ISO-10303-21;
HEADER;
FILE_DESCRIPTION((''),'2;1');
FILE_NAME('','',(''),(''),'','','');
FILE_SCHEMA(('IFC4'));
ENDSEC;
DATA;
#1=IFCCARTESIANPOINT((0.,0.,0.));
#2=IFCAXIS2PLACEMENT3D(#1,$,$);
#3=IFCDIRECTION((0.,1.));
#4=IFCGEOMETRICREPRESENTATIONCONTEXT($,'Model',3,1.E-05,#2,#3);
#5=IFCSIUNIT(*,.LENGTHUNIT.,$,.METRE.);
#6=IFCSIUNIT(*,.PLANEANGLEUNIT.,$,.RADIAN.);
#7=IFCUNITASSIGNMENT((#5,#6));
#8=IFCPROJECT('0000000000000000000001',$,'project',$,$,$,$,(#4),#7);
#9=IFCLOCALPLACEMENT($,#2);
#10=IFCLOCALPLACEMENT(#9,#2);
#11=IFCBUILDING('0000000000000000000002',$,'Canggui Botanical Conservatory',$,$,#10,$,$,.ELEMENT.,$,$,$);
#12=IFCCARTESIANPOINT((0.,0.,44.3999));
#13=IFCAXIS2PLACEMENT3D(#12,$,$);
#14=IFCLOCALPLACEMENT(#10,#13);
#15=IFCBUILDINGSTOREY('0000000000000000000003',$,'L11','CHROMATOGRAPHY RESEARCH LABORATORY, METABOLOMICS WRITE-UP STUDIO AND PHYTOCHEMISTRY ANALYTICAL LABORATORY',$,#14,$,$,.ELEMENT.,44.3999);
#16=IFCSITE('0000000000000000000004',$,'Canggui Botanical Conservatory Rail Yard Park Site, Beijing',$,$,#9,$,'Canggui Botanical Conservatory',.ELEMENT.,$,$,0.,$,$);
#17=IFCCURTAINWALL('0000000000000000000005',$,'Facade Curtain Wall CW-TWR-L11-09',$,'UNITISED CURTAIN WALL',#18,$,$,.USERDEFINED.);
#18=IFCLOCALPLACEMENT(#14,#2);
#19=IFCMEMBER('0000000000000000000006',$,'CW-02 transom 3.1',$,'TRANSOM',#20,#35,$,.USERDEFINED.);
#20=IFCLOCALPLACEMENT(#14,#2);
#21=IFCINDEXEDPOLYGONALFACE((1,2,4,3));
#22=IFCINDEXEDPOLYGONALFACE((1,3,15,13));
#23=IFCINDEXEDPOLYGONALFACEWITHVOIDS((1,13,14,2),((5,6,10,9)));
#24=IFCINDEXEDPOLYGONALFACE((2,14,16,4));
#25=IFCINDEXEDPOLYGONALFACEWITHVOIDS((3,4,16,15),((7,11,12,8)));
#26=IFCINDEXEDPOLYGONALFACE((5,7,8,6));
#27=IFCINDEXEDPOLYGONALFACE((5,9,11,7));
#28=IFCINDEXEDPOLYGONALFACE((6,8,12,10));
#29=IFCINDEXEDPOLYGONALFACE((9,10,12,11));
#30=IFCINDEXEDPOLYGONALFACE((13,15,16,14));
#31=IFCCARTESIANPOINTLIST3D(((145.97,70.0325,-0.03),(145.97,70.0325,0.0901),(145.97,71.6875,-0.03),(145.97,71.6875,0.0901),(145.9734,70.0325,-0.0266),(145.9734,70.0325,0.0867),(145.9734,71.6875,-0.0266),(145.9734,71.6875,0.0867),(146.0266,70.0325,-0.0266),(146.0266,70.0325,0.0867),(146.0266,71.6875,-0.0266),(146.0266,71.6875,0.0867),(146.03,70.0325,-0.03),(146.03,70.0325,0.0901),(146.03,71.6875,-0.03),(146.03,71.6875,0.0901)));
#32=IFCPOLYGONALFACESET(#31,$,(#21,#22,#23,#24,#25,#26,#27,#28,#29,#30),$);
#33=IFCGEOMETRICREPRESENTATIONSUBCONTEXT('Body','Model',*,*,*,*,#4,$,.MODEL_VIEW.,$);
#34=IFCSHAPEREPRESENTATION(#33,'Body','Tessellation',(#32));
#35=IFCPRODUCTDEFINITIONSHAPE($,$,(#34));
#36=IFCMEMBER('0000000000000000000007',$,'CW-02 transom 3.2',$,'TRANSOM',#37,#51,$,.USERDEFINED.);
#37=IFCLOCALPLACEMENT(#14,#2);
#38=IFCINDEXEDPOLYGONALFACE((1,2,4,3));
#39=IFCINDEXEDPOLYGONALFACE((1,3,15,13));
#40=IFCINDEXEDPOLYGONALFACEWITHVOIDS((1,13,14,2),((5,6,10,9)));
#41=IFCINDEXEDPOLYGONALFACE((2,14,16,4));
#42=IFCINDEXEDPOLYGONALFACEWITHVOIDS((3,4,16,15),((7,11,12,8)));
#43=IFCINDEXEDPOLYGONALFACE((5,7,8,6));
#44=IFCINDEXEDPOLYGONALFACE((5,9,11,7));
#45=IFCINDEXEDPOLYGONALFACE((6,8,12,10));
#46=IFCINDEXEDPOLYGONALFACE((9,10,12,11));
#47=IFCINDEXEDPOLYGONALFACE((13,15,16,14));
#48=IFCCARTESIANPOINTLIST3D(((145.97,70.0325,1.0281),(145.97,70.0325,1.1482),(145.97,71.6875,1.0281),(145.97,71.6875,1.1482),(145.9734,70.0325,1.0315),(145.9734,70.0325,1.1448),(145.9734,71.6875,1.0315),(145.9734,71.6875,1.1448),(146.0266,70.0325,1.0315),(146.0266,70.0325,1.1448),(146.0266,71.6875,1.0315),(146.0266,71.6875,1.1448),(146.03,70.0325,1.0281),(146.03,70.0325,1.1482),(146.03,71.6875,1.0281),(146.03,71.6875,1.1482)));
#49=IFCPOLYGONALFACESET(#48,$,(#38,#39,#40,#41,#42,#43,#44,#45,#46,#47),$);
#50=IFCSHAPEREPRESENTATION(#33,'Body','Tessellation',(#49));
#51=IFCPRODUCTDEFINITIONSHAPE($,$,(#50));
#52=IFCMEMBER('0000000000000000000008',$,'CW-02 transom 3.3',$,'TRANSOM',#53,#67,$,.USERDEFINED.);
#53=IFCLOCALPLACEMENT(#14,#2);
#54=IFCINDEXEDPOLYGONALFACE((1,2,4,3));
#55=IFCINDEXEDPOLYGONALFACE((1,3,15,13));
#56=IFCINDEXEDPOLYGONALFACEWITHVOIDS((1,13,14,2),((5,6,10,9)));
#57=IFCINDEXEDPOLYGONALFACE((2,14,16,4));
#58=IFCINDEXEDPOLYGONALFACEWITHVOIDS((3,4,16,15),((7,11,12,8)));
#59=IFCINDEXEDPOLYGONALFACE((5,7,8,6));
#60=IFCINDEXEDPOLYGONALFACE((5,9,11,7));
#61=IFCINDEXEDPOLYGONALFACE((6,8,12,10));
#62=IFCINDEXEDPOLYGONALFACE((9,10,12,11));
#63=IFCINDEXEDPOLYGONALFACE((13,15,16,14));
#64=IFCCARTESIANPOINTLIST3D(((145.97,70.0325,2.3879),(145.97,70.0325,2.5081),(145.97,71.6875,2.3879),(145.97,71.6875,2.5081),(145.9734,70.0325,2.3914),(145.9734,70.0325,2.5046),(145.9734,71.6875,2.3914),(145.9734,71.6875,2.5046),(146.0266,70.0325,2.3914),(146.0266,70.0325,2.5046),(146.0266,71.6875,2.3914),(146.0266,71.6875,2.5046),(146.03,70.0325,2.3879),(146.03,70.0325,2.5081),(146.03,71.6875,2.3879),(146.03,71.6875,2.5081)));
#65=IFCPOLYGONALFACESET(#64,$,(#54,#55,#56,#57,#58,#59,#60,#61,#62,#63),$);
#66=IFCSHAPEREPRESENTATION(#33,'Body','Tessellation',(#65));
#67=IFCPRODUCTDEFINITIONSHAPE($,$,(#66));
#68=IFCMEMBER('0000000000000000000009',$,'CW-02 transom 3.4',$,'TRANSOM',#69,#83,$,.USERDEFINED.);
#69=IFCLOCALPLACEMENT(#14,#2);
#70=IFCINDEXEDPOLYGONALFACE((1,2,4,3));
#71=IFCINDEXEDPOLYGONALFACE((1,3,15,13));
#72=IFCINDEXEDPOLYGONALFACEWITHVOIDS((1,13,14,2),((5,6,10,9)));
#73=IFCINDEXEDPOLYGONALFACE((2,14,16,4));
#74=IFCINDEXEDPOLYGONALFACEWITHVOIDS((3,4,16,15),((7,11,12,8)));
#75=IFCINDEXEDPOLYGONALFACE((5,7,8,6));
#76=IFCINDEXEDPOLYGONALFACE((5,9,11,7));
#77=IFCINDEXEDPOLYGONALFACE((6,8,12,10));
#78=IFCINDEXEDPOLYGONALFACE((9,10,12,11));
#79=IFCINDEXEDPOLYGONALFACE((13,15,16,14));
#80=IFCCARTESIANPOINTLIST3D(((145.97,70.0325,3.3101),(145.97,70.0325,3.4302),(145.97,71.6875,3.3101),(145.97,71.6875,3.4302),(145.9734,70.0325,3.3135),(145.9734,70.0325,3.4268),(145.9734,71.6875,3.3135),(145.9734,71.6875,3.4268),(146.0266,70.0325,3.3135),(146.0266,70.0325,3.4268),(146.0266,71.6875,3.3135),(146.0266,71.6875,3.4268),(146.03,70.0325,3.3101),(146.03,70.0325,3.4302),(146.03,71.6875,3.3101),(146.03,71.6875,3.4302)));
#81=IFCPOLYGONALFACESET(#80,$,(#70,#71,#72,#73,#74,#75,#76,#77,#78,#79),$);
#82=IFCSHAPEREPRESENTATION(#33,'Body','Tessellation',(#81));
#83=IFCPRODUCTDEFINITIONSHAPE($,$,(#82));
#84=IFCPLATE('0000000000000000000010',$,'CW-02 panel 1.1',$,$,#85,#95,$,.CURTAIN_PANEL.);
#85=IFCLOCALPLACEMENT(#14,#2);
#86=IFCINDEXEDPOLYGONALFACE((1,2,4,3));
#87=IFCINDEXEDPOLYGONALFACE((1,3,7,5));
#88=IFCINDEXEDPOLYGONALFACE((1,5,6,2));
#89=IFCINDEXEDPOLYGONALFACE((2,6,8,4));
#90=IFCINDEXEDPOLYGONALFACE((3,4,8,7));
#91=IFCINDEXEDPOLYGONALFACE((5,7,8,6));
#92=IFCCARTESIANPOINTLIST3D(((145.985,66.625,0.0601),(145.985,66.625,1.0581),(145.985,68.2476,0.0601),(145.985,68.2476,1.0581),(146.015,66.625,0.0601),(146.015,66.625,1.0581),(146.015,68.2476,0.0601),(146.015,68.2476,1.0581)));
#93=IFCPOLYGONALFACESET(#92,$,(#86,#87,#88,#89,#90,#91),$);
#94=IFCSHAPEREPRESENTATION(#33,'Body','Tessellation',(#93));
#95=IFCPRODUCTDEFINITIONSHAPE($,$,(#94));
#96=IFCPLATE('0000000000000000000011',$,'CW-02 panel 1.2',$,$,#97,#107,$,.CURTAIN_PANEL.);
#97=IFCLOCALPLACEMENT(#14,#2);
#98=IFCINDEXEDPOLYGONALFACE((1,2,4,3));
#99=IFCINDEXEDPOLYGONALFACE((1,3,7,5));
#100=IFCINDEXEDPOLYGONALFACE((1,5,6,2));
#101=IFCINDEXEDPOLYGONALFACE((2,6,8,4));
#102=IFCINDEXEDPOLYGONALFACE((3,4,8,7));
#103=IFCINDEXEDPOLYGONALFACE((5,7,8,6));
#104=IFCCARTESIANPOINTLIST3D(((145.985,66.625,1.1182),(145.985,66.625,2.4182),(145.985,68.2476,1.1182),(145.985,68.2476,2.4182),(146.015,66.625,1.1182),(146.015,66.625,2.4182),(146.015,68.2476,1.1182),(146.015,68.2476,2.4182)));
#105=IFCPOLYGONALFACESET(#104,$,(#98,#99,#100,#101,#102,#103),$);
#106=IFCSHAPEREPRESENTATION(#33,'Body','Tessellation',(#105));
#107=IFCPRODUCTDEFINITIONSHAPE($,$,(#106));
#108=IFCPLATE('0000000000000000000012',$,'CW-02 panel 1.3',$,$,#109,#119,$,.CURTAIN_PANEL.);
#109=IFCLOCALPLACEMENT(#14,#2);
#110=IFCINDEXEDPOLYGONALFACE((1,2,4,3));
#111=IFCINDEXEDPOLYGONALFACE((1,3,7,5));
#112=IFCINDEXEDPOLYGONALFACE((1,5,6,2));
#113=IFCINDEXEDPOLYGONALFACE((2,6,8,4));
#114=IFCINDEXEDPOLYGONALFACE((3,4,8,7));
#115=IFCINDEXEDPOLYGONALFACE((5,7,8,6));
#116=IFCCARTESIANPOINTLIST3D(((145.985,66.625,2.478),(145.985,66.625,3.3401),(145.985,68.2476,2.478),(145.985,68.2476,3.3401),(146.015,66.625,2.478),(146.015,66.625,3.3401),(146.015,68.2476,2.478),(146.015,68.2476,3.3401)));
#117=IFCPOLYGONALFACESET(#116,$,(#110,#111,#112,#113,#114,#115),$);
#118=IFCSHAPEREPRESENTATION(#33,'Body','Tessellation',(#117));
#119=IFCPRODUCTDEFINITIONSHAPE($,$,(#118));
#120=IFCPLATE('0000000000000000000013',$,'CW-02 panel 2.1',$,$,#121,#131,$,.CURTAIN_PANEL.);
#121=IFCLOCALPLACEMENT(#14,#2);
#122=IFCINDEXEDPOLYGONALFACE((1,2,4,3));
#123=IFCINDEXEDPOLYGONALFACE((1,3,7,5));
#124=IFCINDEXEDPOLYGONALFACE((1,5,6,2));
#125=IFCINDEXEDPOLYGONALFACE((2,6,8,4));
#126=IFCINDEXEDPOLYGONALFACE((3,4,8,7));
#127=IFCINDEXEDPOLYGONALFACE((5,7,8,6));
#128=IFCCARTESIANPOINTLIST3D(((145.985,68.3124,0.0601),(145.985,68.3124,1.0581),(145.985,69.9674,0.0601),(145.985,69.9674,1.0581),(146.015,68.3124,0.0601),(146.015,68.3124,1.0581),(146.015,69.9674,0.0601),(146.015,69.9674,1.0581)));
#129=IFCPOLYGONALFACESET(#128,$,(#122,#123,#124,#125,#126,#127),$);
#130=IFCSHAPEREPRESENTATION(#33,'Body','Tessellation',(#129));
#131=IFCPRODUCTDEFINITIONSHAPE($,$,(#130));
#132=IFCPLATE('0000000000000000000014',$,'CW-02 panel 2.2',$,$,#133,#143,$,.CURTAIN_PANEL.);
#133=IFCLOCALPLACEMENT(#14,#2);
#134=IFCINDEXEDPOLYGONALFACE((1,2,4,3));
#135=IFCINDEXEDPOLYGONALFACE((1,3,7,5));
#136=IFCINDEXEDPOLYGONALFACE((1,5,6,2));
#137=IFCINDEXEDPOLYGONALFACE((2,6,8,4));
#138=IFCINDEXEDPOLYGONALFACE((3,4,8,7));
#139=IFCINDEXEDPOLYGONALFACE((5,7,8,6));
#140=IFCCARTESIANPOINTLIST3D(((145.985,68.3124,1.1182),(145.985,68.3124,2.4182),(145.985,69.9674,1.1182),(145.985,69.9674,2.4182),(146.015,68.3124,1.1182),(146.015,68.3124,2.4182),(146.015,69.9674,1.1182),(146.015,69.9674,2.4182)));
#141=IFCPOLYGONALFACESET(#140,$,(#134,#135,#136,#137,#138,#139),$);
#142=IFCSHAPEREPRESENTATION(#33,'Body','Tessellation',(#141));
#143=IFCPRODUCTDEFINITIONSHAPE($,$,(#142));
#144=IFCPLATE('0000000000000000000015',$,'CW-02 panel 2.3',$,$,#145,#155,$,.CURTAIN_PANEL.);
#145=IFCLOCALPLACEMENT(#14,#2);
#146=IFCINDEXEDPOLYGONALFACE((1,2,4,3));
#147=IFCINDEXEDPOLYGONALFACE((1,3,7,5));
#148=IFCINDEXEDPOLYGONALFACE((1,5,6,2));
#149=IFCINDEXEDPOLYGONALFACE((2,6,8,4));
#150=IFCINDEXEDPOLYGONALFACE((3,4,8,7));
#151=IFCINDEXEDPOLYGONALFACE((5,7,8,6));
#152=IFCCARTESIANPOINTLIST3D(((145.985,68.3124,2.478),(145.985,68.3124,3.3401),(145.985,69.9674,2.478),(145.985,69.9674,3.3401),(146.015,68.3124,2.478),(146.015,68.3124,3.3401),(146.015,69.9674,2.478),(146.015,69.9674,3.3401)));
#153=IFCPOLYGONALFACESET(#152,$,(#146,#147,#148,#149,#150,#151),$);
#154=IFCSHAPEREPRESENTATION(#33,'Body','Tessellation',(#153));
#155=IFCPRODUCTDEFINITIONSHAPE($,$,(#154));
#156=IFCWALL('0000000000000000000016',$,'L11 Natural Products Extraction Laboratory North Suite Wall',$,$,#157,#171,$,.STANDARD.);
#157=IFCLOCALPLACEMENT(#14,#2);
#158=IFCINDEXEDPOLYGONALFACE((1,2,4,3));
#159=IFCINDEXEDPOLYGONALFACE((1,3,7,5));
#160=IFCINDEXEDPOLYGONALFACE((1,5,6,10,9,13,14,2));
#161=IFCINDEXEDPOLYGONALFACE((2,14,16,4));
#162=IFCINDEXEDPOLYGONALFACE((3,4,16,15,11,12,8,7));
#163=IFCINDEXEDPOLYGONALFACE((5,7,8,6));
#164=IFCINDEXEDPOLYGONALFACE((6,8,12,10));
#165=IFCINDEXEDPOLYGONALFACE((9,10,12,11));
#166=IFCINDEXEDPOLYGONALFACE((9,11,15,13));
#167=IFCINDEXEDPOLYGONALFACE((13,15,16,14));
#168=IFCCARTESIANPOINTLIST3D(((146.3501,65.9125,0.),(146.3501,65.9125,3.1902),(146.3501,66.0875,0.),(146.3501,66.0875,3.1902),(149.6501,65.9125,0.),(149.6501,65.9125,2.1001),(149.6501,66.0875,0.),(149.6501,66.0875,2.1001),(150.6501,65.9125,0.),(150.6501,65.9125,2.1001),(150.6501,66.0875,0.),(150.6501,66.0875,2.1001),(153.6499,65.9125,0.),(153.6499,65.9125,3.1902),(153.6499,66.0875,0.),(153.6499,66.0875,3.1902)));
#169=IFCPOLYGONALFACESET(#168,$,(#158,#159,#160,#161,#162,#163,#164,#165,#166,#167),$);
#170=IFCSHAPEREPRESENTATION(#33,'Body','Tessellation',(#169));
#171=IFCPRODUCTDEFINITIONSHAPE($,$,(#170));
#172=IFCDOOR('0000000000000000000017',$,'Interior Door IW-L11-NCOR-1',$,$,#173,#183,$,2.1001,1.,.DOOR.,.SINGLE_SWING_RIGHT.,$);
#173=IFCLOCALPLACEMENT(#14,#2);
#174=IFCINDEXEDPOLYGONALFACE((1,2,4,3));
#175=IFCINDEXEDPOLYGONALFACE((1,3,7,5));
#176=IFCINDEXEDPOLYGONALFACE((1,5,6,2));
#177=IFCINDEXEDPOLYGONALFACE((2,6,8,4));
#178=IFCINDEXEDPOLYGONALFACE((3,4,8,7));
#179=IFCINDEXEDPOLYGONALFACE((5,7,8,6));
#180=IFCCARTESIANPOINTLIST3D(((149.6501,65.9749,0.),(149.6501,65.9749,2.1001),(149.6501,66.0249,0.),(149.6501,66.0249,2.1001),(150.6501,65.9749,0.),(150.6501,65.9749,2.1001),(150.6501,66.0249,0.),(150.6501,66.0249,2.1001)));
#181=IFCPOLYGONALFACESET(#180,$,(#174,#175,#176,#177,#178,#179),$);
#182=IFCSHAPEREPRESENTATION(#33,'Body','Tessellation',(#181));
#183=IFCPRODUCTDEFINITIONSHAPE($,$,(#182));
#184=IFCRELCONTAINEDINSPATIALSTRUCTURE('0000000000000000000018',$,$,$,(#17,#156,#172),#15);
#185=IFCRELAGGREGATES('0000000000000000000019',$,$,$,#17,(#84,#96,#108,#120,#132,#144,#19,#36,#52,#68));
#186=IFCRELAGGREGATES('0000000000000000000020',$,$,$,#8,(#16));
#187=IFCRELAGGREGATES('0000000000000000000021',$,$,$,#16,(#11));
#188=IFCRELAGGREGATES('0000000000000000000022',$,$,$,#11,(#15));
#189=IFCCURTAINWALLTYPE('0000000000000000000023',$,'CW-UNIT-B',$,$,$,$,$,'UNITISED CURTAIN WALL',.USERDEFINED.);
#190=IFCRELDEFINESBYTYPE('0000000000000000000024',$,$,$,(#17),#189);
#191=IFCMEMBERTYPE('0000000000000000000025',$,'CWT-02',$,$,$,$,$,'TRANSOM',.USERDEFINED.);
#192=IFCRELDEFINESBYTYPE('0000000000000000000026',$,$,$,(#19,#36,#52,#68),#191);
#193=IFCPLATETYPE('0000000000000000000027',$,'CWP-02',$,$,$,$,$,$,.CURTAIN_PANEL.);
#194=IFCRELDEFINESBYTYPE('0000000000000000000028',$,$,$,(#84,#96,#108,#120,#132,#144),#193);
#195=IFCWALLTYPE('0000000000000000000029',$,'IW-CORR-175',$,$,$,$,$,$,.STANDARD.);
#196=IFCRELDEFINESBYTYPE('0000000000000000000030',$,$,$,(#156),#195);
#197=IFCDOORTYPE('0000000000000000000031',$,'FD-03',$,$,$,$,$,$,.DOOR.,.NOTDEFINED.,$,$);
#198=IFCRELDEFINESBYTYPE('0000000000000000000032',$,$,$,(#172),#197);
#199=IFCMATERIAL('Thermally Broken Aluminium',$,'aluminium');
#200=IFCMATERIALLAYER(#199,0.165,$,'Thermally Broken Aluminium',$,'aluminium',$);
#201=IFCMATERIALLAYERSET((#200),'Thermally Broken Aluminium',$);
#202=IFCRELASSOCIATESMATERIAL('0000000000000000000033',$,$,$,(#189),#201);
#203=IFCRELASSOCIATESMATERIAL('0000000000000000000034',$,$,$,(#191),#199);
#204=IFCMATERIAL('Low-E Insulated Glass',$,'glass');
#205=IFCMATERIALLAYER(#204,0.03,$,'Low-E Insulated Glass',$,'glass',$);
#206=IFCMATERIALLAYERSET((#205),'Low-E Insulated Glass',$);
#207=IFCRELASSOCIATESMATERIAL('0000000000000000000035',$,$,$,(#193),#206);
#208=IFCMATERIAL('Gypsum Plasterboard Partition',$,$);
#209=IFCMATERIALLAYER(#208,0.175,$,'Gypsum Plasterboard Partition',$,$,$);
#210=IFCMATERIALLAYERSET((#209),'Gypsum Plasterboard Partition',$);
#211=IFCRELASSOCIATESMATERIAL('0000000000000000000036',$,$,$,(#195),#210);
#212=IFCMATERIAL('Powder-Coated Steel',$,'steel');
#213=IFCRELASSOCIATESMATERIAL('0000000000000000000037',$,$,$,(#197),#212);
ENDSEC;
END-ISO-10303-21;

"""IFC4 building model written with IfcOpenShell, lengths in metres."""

from ifc_helpers import new_model, si_unit, direction, frame, frame_2d, origin, origin_2d, place, context, subcontext, project, spatial, rectangle, hollow_rectangle, extrude, material, layer, layer_set, material_profile, profile_set, type_object, element, fill, aggregate, save


model = new_model("IFC4")

# Units and contexts
model_context = context("Model", 3, precision=1e-05, world=origin(), true_north=direction((0.0, 1.0)))
body_context = subcontext(model_context, "Body", "Model", "MODEL_VIEW")
ifc_project = project(units=[si_unit("LENGTHUNIT", "METRE"), si_unit("PLANEANGLEUNIT", "RADIAN")], contexts=[model_context])

# Site, building, storey
site_placement = place(None, origin())
site = spatial("IfcSite", under=ifc_project, at=site_placement, Name="Canggui Botanical Conservatory Rail Yard Park Site, Beijing", LongName="Canggui Botanical Conservatory", CompositionType="ELEMENT", RefElevation=0.0)
building_placement = place(site_placement, origin())
building = spatial("IfcBuilding", under=site, at=building_placement, Name="Canggui Botanical Conservatory", CompositionType="ELEMENT")
storey_placement = place(building_placement, frame((0.0, 0.0, 44.3999)))
storey = spatial("IfcBuildingStorey", under=building, at=storey_placement, Name="L11", Description="CHROMATOGRAPHY RESEARCH LABORATORY, METABOLOMICS WRITE-UP STUDIO AND PHYTOCHEMISTRY ANALYTICAL LABORATORY", CompositionType="ELEMENT", Elevation=44.3999)

# Curtain wall, members, plates
ifc_material_1 = material(Name="Thermally Broken Aluminium", Category="aluminium")
ifc_layer_1 = layer(ifc_material_1, 0.165, Name="Thermally Broken Aluminium", Category="aluminium")
ifc_layer_set_1 = layer_set([ifc_layer_1], Name="Thermally Broken Aluminium")
curtain_wall_type = type_object("IfcCurtainWallType", Name="CW-UNIT-B", ElementType="UNITISED CURTAIN WALL", PredefinedType="USERDEFINED", material=ifc_layer_set_1)
curtain_wall_placement = place(storey_placement, origin())
curtain_wall = element("IfcCurtainWall", 1, at=curtain_wall_placement, inside=storey, type_object=curtain_wall_type, Name="Facade Curtain Wall CW-TWR-L11-09", ObjectType="UNITISED CURTAIN WALL", PredefinedType="USERDEFINED")
ifc_material_profile_1 = material_profile(ifc_material_1, hollow_rectangle(XDim=0.0601, YDim=0.1201, WallThickness=0.0034, at=origin_2d()), Name="CWT 60x120x3.5")
ifc_profile_set_1 = profile_set([ifc_material_profile_1], Name="Thermally Broken Aluminium")
member_type = type_object("IfcMemberType", Name="CWT-02", ElementType="TRANSOM", PredefinedType="USERDEFINED", material=ifc_profile_set_1)
member_1_placement = place(storey_placement, frame((146.0, 70.0325, 0.03), z_axis=(0.0, 1.0, 0.0), x_axis=(-1.0, 0.0, 0.0)))
member_1 = element("IfcMember", 2, at=member_1_placement, type_object=member_type, Name="CW-02 transom 3.1", ObjectType="TRANSOM", PredefinedType="USERDEFINED", context=body_context, shape_type="SweptSolid", body=[
    extrude(hollow_rectangle(XDim=0.0601, YDim=0.1201, WallThickness=0.0034, at=origin_2d()), origin(), (0.0, 0.0, 1.0), 1.655),
])
member_2_placement = place(storey_placement, frame((146.0, 70.0325, 1.0881), z_axis=(0.0, 1.0, 0.0), x_axis=(-1.0, 0.0, 0.0)))
member_2 = element("IfcMember", 3, at=member_2_placement, type_object=member_type, Name="CW-02 transom 3.2", ObjectType="TRANSOM", PredefinedType="USERDEFINED", context=body_context, shape_type="SweptSolid", body=[
    extrude(hollow_rectangle(XDim=0.0601, YDim=0.1201, WallThickness=0.0034, at=origin_2d()), origin(), (0.0, 0.0, 1.0), 1.655),
])
member_3_placement = place(storey_placement, frame((146.0, 70.0325, 2.448), z_axis=(0.0, 1.0, 0.0), x_axis=(-1.0, 0.0, 0.0)))
member_3 = element("IfcMember", 4, at=member_3_placement, type_object=member_type, Name="CW-02 transom 3.3", ObjectType="TRANSOM", PredefinedType="USERDEFINED", context=body_context, shape_type="SweptSolid", body=[
    extrude(hollow_rectangle(XDim=0.0601, YDim=0.1201, WallThickness=0.0034, at=origin_2d()), origin(), (0.0, 0.0, 1.0), 1.655),
])
member_4_placement = place(storey_placement, frame((146.0, 70.0325, 3.3701), z_axis=(0.0, 1.0, 0.0), x_axis=(-1.0, 0.0, 0.0)))
member_4 = element("IfcMember", 5, at=member_4_placement, type_object=member_type, Name="CW-02 transom 3.4", ObjectType="TRANSOM", PredefinedType="USERDEFINED", context=body_context, shape_type="SweptSolid", body=[
    extrude(hollow_rectangle(XDim=0.0601, YDim=0.1201, WallThickness=0.0034, at=origin_2d()), origin(), (0.0, 0.0, 1.0), 1.655),
])
ifc_material_2 = material(Name="Low-E Insulated Glass", Category="glass")
ifc_layer_2 = layer(ifc_material_2, 0.03, Name="Low-E Insulated Glass", Category="glass")
ifc_layer_set_2 = layer_set([ifc_layer_2], Name="Low-E Insulated Glass")
plate_type = type_object("IfcPlateType", Name="CWP-02", PredefinedType="CURTAIN_PANEL", material=ifc_layer_set_2)
plate_1_placement = place(storey_placement, frame((146.0, 67.4363, 0.0601), z_axis=(0.0, 0.0, 1.0), x_axis=(0.0, 1.0, 0.0)))
plate_1 = element("IfcPlate", 6, at=plate_1_placement, type_object=plate_type, Name="CW-02 panel 1.1", PredefinedType="CURTAIN_PANEL", context=body_context, shape_type="SweptSolid", body=[
    extrude(rectangle(XDim=1.6226, YDim=0.03, at=origin_2d()), origin(), (0.0, 0.0, 1.0), 0.998),
])
plate_2_placement = place(storey_placement, frame((146.0, 67.4363, 1.1182), z_axis=(0.0, 0.0, 1.0), x_axis=(0.0, 1.0, 0.0)))
plate_2 = element("IfcPlate", 7, at=plate_2_placement, type_object=plate_type, Name="CW-02 panel 1.2", PredefinedType="CURTAIN_PANEL", context=body_context, shape_type="SweptSolid", body=[
    extrude(rectangle(XDim=1.6226, YDim=0.03, at=origin_2d()), origin(), (0.0, 0.0, 1.0), 1.3),
])
plate_3_placement = place(storey_placement, frame((146.0, 67.4363, 2.478), z_axis=(0.0, 0.0, 1.0), x_axis=(0.0, 1.0, 0.0)))
plate_3 = element("IfcPlate", 8, at=plate_3_placement, type_object=plate_type, Name="CW-02 panel 1.3", PredefinedType="CURTAIN_PANEL", context=body_context, shape_type="SweptSolid", body=[
    extrude(rectangle(XDim=1.6226, YDim=0.03, at=origin_2d()), origin(), (0.0, 0.0, 1.0), 0.8621),
])
plate_4_placement = place(storey_placement, frame((146.0, 69.1399, 0.0601), z_axis=(0.0, 0.0, 1.0), x_axis=(0.0, 1.0, 0.0)))
plate_4 = element("IfcPlate", 9, at=plate_4_placement, type_object=plate_type, Name="CW-02 panel 2.1", PredefinedType="CURTAIN_PANEL", context=body_context, shape_type="SweptSolid", body=[
    extrude(rectangle(XDim=1.655, YDim=0.03, at=origin_2d()), origin(), (0.0, 0.0, 1.0), 0.998),
])
plate_5_placement = place(storey_placement, frame((146.0, 69.1399, 1.1182), z_axis=(0.0, 0.0, 1.0), x_axis=(0.0, 1.0, 0.0)))
plate_5 = element("IfcPlate", 10, at=plate_5_placement, type_object=plate_type, Name="CW-02 panel 2.2", PredefinedType="CURTAIN_PANEL", context=body_context, shape_type="SweptSolid", body=[
    extrude(rectangle(XDim=1.655, YDim=0.03, at=origin_2d()), origin(), (0.0, 0.0, 1.0), 1.3),
])
plate_6_placement = place(storey_placement, frame((146.0, 69.1399, 2.478), z_axis=(0.0, 0.0, 1.0), x_axis=(0.0, 1.0, 0.0)))
plate_6 = element("IfcPlate", 11, at=plate_6_placement, type_object=plate_type, Name="CW-02 panel 2.3", PredefinedType="CURTAIN_PANEL", context=body_context, shape_type="SweptSolid", body=[
    extrude(rectangle(XDim=1.655, YDim=0.03, at=origin_2d()), origin(), (0.0, 0.0, 1.0), 0.8621),
])
aggregate(curtain_wall, [plate_1, plate_2, plate_3, plate_4, plate_5, plate_6, member_1, member_2, member_3, member_4])

# Wall, opening, door
ifc_material_3 = material(Name="Gypsum Plasterboard Partition")
ifc_layer_3 = layer(ifc_material_3, 0.175, Name="Gypsum Plasterboard Partition")
ifc_layer_set_3 = layer_set([ifc_layer_3], Name="Gypsum Plasterboard Partition")
wall_type_1 = type_object("IfcWallType", Name="IW-CORR-175", PredefinedType="STANDARD", material=ifc_layer_set_3)
wall_1_placement = place(storey_placement, frame((146.3501, 66.0, 0.0), z_axis=(0.0, 0.0, 1.0), x_axis=(1.0, 0.0, 0.0)))
wall_1 = element("IfcWall", 12, at=wall_1_placement, inside=storey, type_object=wall_type_1, Name="L11 Natural Products Extraction Laboratory North Suite Wall", PredefinedType="STANDARD", context=body_context, shape_type="SweptSolid", body=[
    extrude(rectangle(XDim=7.2998, YDim=0.175, at=frame_2d((3.6499, 0.0))), origin(), (0.0, 0.0, 1.0), 3.1902),
])
opening_placement = place(wall_1_placement, frame((3.3, 0.0, 0.0)))
opening = element("IfcOpeningElement", 13, at=opening_placement, cuts=wall_1, PredefinedType="OPENING", context=body_context, shape_type="SweptSolid", body=[
    extrude(rectangle(XDim=1.0, YDim=2.1001, at=frame_2d((0.5, 1.05))), frame((0.0, 0.0977, 0.0), z_axis=(0.0, -1.0, 0.0), x_axis=(1.0, 0.0, 0.0)), (0.0, 0.0, 1.0), 0.1951),
])
ifc_material_4 = material(Name="Powder-Coated Steel", Category="steel")
door_type = type_object("IfcDoorType", Name="FD-03", OperationType="NOTDEFINED", PredefinedType="DOOR", material=ifc_material_4)
door_placement = place(opening_placement, origin())
door = element("IfcDoor", 14, at=door_placement, inside=storey, type_object=door_type, Name="Interior Door IW-L11-NCOR-1", OperationType="SINGLE_SWING_RIGHT", OverallHeight=2.1001, OverallWidth=1.0, PredefinedType="DOOR", context=body_context, shape_type="SweptSolid", body=[
    extrude(rectangle(XDim=1.0, YDim=2.1001, at=frame_2d((0.5, 1.05))), frame((0.0, 0.0249, 0.0), z_axis=(0.0, -1.0, 0.0), x_axis=(1.0, 0.0, 0.0)), (0.0, 0.0, 1.0), 0.05),
])
fill(opening, door)

save(model, "model.ifc")
